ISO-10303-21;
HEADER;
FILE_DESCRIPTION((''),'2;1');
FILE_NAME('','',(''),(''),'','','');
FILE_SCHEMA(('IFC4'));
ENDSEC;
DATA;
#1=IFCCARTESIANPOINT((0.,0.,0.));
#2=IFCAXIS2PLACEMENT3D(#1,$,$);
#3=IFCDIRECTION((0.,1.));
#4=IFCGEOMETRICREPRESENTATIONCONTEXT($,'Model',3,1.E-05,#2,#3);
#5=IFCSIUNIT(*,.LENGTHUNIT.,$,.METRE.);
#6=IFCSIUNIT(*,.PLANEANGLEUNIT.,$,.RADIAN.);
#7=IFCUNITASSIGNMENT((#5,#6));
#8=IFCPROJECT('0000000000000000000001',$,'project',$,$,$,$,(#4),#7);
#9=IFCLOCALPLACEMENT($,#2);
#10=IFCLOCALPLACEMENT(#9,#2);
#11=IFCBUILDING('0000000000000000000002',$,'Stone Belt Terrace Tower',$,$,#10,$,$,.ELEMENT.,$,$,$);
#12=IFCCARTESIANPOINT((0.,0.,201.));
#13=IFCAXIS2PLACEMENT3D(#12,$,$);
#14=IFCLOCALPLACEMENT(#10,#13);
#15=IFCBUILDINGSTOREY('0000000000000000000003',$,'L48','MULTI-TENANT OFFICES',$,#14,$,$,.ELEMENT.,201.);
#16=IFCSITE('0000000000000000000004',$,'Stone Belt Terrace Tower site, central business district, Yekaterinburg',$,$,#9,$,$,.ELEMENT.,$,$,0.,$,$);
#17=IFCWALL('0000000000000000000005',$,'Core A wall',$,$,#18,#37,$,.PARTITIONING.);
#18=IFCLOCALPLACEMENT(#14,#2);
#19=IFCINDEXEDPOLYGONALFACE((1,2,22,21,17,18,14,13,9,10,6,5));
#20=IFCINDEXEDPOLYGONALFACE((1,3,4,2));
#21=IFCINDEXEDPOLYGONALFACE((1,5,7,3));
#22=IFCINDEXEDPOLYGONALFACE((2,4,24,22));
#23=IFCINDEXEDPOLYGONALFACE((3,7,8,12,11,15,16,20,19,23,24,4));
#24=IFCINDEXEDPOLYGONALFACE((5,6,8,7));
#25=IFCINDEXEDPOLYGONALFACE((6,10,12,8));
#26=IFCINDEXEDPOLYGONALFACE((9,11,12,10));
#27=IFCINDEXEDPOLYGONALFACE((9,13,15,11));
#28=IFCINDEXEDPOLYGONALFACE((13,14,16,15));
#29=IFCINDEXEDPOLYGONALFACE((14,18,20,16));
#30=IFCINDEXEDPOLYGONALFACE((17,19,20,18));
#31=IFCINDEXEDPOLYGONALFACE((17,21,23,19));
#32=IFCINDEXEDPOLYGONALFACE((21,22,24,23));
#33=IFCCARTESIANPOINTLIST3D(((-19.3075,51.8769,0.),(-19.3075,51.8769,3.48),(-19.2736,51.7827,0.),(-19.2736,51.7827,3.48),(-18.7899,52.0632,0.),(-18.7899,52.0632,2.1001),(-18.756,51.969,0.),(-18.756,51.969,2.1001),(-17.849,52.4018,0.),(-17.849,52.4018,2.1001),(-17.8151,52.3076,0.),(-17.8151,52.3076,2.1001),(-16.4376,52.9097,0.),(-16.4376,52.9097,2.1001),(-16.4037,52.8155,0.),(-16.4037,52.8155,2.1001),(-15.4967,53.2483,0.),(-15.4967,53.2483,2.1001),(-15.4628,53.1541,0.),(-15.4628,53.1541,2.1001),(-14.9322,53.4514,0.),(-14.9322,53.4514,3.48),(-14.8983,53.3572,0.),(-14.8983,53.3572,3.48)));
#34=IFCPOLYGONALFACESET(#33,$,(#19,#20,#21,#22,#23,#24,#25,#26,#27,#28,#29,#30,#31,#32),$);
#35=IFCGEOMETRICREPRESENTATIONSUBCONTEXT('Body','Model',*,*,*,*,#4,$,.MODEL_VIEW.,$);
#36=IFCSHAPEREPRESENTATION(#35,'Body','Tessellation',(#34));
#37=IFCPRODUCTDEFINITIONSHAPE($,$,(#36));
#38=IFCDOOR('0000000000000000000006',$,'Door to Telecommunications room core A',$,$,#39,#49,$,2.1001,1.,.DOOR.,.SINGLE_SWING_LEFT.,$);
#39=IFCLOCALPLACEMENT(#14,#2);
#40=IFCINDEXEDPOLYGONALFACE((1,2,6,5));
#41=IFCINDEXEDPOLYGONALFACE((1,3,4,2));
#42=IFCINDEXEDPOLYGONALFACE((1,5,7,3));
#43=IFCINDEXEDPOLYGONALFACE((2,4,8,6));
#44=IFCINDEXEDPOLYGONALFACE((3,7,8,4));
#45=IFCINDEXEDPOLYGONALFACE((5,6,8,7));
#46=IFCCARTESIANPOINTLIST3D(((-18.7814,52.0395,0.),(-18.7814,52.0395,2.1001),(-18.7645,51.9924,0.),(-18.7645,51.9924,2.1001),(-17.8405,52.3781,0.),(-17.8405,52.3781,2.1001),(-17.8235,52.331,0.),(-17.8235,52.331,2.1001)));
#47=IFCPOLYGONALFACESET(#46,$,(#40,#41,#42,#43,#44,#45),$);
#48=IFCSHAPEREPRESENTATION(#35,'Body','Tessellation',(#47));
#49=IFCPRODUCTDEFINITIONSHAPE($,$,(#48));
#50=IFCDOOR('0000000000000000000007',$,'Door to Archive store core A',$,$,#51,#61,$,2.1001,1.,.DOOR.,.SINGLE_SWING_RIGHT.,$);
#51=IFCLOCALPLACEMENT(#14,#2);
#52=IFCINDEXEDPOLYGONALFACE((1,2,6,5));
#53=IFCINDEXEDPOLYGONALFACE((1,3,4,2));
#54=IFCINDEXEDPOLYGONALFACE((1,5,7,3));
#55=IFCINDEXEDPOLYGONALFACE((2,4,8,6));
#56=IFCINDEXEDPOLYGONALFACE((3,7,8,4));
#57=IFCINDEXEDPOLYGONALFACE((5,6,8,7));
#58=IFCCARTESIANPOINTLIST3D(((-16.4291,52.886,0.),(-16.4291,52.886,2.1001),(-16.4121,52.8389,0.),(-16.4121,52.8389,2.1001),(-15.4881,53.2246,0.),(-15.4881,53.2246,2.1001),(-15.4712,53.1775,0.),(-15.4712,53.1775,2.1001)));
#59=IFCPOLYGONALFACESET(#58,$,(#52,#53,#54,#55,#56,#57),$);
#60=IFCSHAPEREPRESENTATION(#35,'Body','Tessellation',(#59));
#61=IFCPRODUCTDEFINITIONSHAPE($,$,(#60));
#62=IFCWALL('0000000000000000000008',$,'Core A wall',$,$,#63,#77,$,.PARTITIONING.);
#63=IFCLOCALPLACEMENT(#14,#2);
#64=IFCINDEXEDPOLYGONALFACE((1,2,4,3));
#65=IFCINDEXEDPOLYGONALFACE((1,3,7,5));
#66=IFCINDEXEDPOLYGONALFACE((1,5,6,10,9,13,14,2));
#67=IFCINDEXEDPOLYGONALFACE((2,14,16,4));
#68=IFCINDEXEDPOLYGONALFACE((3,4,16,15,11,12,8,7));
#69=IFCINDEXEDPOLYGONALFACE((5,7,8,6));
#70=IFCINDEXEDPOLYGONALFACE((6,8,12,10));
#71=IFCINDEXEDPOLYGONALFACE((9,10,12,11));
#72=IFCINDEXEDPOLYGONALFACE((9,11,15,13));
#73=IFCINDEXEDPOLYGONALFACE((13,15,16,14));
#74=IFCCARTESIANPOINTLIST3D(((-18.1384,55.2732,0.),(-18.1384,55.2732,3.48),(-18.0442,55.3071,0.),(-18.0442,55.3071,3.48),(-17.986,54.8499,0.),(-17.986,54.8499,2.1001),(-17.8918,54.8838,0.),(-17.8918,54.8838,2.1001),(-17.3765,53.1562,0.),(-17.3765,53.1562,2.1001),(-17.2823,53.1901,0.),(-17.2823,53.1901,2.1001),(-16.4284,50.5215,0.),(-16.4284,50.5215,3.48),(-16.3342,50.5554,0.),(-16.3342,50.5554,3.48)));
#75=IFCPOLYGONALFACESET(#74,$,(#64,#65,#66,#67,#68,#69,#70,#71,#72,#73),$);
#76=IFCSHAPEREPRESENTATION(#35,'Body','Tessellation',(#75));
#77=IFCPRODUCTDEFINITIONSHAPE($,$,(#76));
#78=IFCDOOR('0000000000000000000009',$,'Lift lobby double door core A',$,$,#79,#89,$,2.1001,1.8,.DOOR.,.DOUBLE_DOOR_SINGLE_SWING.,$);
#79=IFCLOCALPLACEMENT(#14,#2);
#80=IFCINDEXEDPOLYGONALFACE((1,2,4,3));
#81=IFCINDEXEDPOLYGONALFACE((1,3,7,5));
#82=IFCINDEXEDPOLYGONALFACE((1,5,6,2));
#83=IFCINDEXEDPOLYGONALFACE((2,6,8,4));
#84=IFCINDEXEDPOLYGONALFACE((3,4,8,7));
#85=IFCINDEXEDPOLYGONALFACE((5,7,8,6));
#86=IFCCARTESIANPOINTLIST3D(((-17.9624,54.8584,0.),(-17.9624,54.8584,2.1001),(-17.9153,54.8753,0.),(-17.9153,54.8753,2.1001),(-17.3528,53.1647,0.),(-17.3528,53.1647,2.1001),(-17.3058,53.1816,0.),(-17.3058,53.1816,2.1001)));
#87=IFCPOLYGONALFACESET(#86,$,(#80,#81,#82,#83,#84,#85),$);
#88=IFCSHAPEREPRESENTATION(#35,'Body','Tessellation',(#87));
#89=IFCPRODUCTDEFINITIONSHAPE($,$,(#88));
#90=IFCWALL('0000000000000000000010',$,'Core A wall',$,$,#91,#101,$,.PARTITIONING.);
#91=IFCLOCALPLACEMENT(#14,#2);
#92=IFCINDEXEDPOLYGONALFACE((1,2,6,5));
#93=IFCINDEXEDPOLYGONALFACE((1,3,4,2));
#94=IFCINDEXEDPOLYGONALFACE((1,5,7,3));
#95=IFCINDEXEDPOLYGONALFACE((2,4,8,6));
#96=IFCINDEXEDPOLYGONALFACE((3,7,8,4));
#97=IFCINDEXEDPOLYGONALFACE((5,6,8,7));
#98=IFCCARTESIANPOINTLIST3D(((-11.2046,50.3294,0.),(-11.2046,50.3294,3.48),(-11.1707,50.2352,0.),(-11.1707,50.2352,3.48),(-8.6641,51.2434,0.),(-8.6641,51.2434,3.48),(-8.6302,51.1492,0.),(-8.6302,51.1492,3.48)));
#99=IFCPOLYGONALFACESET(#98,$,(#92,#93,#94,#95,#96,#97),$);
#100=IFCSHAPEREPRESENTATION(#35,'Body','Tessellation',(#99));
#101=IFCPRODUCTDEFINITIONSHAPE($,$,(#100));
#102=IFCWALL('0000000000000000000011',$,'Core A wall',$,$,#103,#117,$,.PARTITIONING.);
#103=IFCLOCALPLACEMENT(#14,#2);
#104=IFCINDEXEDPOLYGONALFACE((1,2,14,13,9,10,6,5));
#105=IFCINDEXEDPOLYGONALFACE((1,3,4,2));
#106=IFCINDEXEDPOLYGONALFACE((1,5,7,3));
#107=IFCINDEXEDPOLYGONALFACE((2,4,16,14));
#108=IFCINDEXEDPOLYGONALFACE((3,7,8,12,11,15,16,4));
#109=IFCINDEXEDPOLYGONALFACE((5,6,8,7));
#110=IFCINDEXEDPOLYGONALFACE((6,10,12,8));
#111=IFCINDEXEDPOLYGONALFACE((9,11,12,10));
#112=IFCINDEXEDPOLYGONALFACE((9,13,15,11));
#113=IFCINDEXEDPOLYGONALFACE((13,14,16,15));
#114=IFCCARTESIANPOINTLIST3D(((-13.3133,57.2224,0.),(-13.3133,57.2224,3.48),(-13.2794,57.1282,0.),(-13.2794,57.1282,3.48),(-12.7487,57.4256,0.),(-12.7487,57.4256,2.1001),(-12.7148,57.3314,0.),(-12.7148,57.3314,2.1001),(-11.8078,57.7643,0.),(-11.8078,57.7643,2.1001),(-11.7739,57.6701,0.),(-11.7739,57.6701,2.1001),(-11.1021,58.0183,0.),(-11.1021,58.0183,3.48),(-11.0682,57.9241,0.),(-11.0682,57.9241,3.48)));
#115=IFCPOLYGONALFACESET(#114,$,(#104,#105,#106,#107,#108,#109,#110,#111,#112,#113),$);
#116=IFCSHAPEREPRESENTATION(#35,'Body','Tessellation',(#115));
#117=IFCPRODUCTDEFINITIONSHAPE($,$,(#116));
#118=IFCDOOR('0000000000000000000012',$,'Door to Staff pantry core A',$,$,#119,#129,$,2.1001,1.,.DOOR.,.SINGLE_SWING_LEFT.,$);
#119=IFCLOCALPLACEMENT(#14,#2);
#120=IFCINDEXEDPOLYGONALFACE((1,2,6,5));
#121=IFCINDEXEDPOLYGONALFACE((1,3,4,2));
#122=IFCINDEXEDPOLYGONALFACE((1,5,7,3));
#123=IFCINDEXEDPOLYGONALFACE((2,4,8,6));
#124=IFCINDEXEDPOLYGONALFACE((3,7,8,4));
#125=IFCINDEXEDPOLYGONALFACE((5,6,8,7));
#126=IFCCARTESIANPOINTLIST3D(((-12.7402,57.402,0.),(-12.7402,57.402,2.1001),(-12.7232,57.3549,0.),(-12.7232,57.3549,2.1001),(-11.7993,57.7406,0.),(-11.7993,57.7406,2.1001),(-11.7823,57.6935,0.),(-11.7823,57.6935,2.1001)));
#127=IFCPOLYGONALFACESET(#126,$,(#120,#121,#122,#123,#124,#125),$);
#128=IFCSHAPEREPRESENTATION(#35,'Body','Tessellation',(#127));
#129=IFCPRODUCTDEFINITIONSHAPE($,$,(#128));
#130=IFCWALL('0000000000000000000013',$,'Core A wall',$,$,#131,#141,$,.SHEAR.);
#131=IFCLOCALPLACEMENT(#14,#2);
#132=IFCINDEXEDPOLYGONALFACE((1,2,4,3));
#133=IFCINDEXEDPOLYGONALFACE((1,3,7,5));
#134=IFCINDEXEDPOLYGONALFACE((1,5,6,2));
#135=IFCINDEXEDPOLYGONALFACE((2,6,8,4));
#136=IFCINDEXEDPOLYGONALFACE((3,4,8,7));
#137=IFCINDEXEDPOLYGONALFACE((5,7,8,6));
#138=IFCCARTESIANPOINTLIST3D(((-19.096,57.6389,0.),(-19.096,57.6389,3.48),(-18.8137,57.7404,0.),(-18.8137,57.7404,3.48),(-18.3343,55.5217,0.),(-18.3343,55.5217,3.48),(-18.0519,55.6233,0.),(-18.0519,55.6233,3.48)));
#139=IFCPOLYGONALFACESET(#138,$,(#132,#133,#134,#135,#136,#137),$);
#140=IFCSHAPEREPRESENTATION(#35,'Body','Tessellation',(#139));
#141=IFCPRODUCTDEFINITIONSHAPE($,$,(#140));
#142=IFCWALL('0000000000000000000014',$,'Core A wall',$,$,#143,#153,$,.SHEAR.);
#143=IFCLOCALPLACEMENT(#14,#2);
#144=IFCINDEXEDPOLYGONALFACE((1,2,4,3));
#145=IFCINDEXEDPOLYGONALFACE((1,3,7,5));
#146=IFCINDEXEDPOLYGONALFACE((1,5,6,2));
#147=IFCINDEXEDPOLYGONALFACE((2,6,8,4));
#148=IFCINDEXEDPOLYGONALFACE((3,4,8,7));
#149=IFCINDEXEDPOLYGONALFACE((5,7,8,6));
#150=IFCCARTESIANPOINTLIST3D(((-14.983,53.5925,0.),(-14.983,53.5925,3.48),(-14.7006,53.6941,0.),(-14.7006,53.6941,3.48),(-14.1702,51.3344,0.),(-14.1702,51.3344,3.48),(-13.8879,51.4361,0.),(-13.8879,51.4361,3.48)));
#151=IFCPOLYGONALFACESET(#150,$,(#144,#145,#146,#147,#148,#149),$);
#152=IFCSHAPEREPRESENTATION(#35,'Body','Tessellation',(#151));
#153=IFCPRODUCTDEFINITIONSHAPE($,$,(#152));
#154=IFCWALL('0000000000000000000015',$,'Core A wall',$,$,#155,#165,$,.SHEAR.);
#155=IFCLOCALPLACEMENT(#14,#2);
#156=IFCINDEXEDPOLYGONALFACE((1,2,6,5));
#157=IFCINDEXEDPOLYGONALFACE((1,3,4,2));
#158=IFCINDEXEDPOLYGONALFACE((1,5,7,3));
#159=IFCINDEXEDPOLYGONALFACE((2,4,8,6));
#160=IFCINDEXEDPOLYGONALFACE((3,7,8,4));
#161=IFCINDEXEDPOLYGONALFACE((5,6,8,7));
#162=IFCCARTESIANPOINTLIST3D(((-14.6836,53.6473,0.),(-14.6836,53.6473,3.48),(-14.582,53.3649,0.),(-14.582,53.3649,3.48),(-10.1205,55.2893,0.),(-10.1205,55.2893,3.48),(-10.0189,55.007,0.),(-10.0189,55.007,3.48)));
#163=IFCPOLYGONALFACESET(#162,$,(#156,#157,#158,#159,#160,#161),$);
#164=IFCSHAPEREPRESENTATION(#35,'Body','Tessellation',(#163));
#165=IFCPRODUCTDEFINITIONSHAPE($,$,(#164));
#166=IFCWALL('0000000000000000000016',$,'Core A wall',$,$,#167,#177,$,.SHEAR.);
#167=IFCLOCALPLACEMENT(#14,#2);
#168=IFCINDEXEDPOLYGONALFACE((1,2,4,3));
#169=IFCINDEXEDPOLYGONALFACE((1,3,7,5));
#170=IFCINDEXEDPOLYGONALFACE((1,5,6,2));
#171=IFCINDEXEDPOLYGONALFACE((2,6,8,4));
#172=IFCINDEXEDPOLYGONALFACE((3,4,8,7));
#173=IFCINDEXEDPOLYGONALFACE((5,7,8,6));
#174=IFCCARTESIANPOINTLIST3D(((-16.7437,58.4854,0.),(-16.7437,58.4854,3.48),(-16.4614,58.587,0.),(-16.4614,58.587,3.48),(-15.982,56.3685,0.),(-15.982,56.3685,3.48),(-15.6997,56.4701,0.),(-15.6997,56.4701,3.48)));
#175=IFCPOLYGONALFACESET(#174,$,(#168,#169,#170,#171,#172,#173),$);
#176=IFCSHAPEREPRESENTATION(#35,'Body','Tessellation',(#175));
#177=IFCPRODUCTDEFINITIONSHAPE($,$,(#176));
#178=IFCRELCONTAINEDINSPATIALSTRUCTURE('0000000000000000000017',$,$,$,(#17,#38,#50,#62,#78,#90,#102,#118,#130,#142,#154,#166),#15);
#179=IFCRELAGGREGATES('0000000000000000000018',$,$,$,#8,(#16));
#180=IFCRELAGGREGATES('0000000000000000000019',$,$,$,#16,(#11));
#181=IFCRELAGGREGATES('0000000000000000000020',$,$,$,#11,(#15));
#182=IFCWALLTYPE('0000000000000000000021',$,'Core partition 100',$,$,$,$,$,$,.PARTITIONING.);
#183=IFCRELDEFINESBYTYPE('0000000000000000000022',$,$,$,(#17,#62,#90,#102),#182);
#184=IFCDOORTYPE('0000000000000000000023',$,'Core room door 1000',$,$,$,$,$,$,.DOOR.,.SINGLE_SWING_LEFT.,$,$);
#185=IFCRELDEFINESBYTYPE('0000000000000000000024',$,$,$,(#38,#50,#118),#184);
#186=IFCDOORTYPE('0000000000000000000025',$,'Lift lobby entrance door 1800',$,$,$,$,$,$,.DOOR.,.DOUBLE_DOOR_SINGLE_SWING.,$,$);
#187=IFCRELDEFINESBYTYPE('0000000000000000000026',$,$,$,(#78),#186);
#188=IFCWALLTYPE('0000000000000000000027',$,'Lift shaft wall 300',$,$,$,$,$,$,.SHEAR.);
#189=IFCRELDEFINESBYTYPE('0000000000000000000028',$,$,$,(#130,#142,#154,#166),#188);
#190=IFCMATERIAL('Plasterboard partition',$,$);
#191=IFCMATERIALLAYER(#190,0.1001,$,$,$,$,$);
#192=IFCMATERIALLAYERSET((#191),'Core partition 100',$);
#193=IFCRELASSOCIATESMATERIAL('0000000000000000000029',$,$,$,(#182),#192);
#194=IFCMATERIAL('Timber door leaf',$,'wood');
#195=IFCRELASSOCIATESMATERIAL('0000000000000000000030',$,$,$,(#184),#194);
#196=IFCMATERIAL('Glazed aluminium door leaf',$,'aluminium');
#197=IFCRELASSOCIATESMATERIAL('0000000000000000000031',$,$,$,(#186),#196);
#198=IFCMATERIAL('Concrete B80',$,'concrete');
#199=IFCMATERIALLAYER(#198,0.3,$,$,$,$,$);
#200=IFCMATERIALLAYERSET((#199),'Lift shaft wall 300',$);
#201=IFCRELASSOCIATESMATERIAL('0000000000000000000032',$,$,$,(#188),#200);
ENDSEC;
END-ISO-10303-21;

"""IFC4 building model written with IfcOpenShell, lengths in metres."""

from ifc_helpers import new_model, si_unit, direction, frame, frame_2d, origin, place, context, subcontext, project, spatial, rectangle, extrude, material, layer, layer_set, type_object, element, fill, save


model = new_model("IFC4")

# Units and contexts
model_context = context("Model", 3, precision=1e-05, world=origin(), true_north=direction((0.0, 1.0)))
body_context = subcontext(model_context, "Body", "Model", "MODEL_VIEW")
ifc_project = project(units=[si_unit("LENGTHUNIT", "METRE"), si_unit("PLANEANGLEUNIT", "RADIAN")], contexts=[model_context])

# Site, building, storey
site_placement = place(None, origin())
site = spatial("IfcSite", under=ifc_project, at=site_placement, Name="Stone Belt Terrace Tower site, central business district, Yekaterinburg", CompositionType="ELEMENT", RefElevation=0.0)
building_placement = place(site_placement, origin())
building = spatial("IfcBuilding", under=site, at=building_placement, Name="Stone Belt Terrace Tower", CompositionType="ELEMENT")
storey_placement = place(building_placement, frame((0.0, 0.0, 201.0)))
storey = spatial("IfcBuildingStorey", under=building, at=storey_placement, Name="L48", Description="MULTI-TENANT OFFICES", CompositionType="ELEMENT", Elevation=201.0)

# Wall, openings, doors
ifc_material_1 = material(Name="Plasterboard partition")
ifc_layer_1 = layer(ifc_material_1, 0.1001)
ifc_layer_set_1 = layer_set([ifc_layer_1], Name="Core partition 100")
wall_type_1 = type_object("IfcWallType", Name="Core partition 100", PredefinedType="PARTITIONING", material=ifc_layer_set_1)
wall_1_placement = place(storey_placement, frame((-19.2905, 51.8298, 0.0), z_axis=(0.0, 0.0, 1.0), x_axis=(0.94093, 0.3386, 0.0)))
wall_1 = element("IfcWall", 1, at=wall_1_placement, inside=storey, type_object=wall_type_1, Name="Core A wall", PredefinedType="PARTITIONING", context=body_context, shape_type="SweptSolid", body=[
    extrude(rectangle(XDim=4.6499, YDim=0.1001, at=frame_2d((2.325, 0.0))), origin(), (0.0, 0.0, 1.0), 3.48),
])
opening_1_placement = place(wall_1_placement, frame((0.55, 0.0, 0.0)))
opening_1 = element("IfcOpeningElement", 2, at=opening_1_placement, cuts=wall_1, PredefinedType="OPENING", context=body_context, shape_type="SweptSolid", body=[
    extrude(rectangle(XDim=1.0, YDim=2.1001, at=frame_2d((0.5, 1.05))), frame((0.0, 0.0601, 0.0), z_axis=(0.0, -1.0, 0.0), x_axis=(1.0, 0.0, 0.0)), (0.0, 0.0, 1.0), 0.1201),
])
opening_2_placement = place(wall_1_placement, frame((3.05, 0.0, 0.0)))
opening_2 = element("IfcOpeningElement", 3, at=opening_2_placement, cuts=wall_1, PredefinedType="OPENING", context=body_context, shape_type="SweptSolid", body=[
    extrude(rectangle(XDim=1.0, YDim=2.1001, at=frame_2d((0.5, 1.05))), frame((0.0, 0.0601, 0.0), z_axis=(0.0, -1.0, 0.0), x_axis=(1.0, 0.0, 0.0)), (0.0, 0.0, 1.0), 0.1201),
])
ifc_material_2 = material(Name="Timber door leaf", Category="wood")
door_type_1 = type_object("IfcDoorType", Name="Core room door 1000", OperationType="SINGLE_SWING_LEFT", PredefinedType="DOOR", material=ifc_material_2)
door_1_placement = place(opening_1_placement, origin())
door_1 = element("IfcDoor", 4, at=door_1_placement, inside=storey, type_object=door_type_1, Name="Door to Telecommunications room core A", OperationType="SINGLE_SWING_LEFT", OverallHeight=2.1001, OverallWidth=1.0, PredefinedType="DOOR", context=body_context, shape_type="SweptSolid", body=[
    extrude(rectangle(XDim=1.0, YDim=2.1001, at=frame_2d((0.5, 1.05))), frame((0.0, 0.0249, 0.0), z_axis=(0.0, -1.0, 0.0), x_axis=(1.0, 0.0, 0.0)), (0.0, 0.0, 1.0), 0.05),
])
fill(opening_1, door_1)
door_2_placement = place(opening_2_placement, origin())
door_2 = element("IfcDoor", 5, at=door_2_placement, inside=storey, type_object=door_type_1, Name="Door to Archive store core A", OperationType="SINGLE_SWING_RIGHT", OverallHeight=2.1001, OverallWidth=1.0, PredefinedType="DOOR", context=body_context, shape_type="SweptSolid", body=[
    extrude(rectangle(XDim=1.0, YDim=2.1001, at=frame_2d((0.5, 1.05))), frame((0.0, 0.0249, 0.0), z_axis=(0.0, -1.0, 0.0), x_axis=(1.0, 0.0, 0.0)), (0.0, 0.0, 1.0), 0.05),
])
fill(opening_2, door_2)

# Wall, opening, door
wall_2_placement = place(storey_placement, frame((-16.3813, 50.5386, 0.0), z_axis=(0.0, 0.0, 1.0), x_axis=(-0.338605, 0.940929, 0.0)))
wall_2 = element("IfcWall", 6, at=wall_2_placement, inside=storey, type_object=wall_type_1, Name="Core A wall", PredefinedType="PARTITIONING", context=body_context, shape_type="SweptSolid", body=[
    extrude(rectangle(XDim=5.05, YDim=0.1001, at=frame_2d((2.5249, 0.0))), origin(), (0.0, 0.0, 1.0), 3.48),
])
opening_3_placement = place(wall_2_placement, frame((2.8, 0.0, 0.0)))
opening_3 = element("IfcOpeningElement", 7, at=opening_3_placement, cuts=wall_2, PredefinedType="OPENING", context=body_context, shape_type="SweptSolid", body=[
    extrude(rectangle(XDim=1.8, YDim=2.1001, at=frame_2d((0.8999, 1.05))), frame((0.0, 0.0601, 0.0), z_axis=(0.0, -1.0, 0.0), x_axis=(1.0, 0.0, 0.0)), (0.0, 0.0, 1.0), 0.1201),
])
ifc_material_3 = material(Name="Glazed aluminium door leaf", Category="aluminium")
door_type_2 = type_object("IfcDoorType", Name="Lift lobby entrance door 1800", OperationType="DOUBLE_DOOR_SINGLE_SWING", PredefinedType="DOOR", material=ifc_material_3)
door_3_placement = place(opening_3_placement, origin())
door_3 = element("IfcDoor", 8, at=door_3_placement, inside=storey, type_object=door_type_2, Name="Lift lobby double door core A", OperationType="DOUBLE_DOOR_SINGLE_SWING", OverallHeight=2.1001, OverallWidth=1.8, PredefinedType="DOOR", context=body_context, shape_type="SweptSolid", body=[
    extrude(rectangle(XDim=1.8, YDim=2.1001, at=frame_2d((0.8999, 1.05))), frame((0.0, 0.0249, 0.0), z_axis=(0.0, -1.0, 0.0), x_axis=(1.0, 0.0, 0.0)), (0.0, 0.0, 1.0), 0.05),
])
fill(opening_3, door_3)

# Wall
wall_3_placement = place(storey_placement, frame((-11.1877, 50.2822, 0.0), z_axis=(0.0, 0.0, 1.0), x_axis=(0.94095, 0.338547, 0.0)))
element("IfcWall", 9, at=wall_3_placement, inside=storey, type_object=wall_type_1, Name="Core A wall", PredefinedType="PARTITIONING", context=body_context, shape_type="SweptSolid", body=[
    extrude(rectangle(XDim=2.7, YDim=0.1001, at=frame_2d((1.3501, 0.0))), origin(), (0.0, 0.0, 1.0), 3.48),
])

# Wall, opening, door
wall_4_placement = place(storey_placement, frame((-13.2964, 57.1753, 0.0), z_axis=(0.0, 0.0, 1.0), x_axis=(0.940905, 0.338672, 0.0)))
wall_4 = element("IfcWall", 10, at=wall_4_placement, inside=storey, type_object=wall_type_1, Name="Core A wall", PredefinedType="PARTITIONING", context=body_context, shape_type="SweptSolid", body=[
    extrude(rectangle(XDim=2.3501, YDim=0.1001, at=frame_2d((1.175, 0.0))), origin(), (0.0, 0.0, 1.0), 3.48),
])
opening_4_placement = place(wall_4_placement, frame((0.6001, 0.0, 0.0)))
opening_4 = element("IfcOpeningElement", 11, at=opening_4_placement, cuts=wall_4, PredefinedType="OPENING", context=body_context, shape_type="SweptSolid", body=[
    extrude(rectangle(XDim=1.0, YDim=2.1001, at=frame_2d((0.5, 1.05))), frame((0.0, 0.0601, 0.0), z_axis=(0.0, -1.0, 0.0), x_axis=(1.0, 0.0, 0.0)), (0.0, 0.0, 1.0), 0.1201),
])
door_4_placement = place(opening_4_placement, origin())
door_4 = element("IfcDoor", 12, at=door_4_placement, inside=storey, type_object=door_type_1, Name="Door to Staff pantry core A", OperationType="SINGLE_SWING_LEFT", OverallHeight=2.1001, OverallWidth=1.0, PredefinedType="DOOR", context=body_context, shape_type="SweptSolid", body=[
    extrude(rectangle(XDim=1.0, YDim=2.1001, at=frame_2d((0.5, 1.05))), frame((0.0, 0.0249, 0.0), z_axis=(0.0, -1.0, 0.0), x_axis=(1.0, 0.0, 0.0)), (0.0, 0.0, 1.0), 0.05),
])
fill(opening_4, door_4)

# Walls
ifc_material_4 = material(Name="Concrete B80", Category="concrete")
ifc_layer_2 = layer(ifc_material_4, 0.3)
ifc_layer_set_2 = layer_set([ifc_layer_2], Name="Lift shaft wall 300")
wall_type_2 = type_object("IfcWallType", Name="Lift shaft wall 300", PredefinedType="SHEAR", material=ifc_layer_set_2)
wall_5_placement = place(storey_placement, frame((-18.1931, 55.5725, 0.0), z_axis=(0.0, 0.0, 1.0), x_axis=(-0.338535, 0.940954, 0.0)))
element("IfcWall", 13, at=wall_5_placement, inside=storey, type_object=wall_type_2, Name="Core A wall", PredefinedType="SHEAR", context=body_context, shape_type="SweptSolid", body=[
    extrude(rectangle(XDim=2.25, YDim=0.3, at=frame_2d((1.125, 0.0))), origin(), (0.0, 0.0, 1.0), 3.48),
])
wall_6_placement = place(storey_placement, frame((-14.0291, 51.3853, 0.0), z_axis=(0.0, 0.0, 1.0), x_axis=(-0.338662, 0.940908, 0.0)))
element("IfcWall", 14, at=wall_6_placement, inside=storey, type_object=wall_type_2, Name="Core A wall", PredefinedType="SHEAR", context=body_context, shape_type="SweptSolid", body=[
    extrude(rectangle(XDim=2.3999, YDim=0.3, at=frame_2d((1.2, 0.0))), origin(), (0.0, 0.0, 1.0), 3.48),
])
wall_7_placement = place(storey_placement, frame((-14.6328, 53.5061, 0.0), z_axis=(0.0, 0.0, 1.0), x_axis=(0.940932, 0.338596, 0.0)))
element("IfcWall", 15, at=wall_7_placement, inside=storey, type_object=wall_type_2, Name="Core A wall", PredefinedType="SHEAR", context=body_context, shape_type="SweptSolid", body=[
    extrude(rectangle(XDim=4.8496, YDim=0.3, at=frame_2d((2.4248, 0.0))), origin(), (0.0, 0.0, 1.0), 3.48),
])
wall_8_placement = place(storey_placement, frame((-15.8408, 56.4192, 0.0), z_axis=(0.0, 0.0, 1.0), x_axis=(-0.33857, 0.940941, 0.0)))
element("IfcWall", 16, at=wall_8_placement, inside=storey, type_object=wall_type_2, Name="Core A wall", PredefinedType="SHEAR", context=body_context, shape_type="SweptSolid", body=[
    extrude(rectangle(XDim=2.2498, YDim=0.3, at=frame_2d((1.125, 0.0))), origin(), (0.0, 0.0, 1.0), 3.48),
])

save(model, "model.ifc")
